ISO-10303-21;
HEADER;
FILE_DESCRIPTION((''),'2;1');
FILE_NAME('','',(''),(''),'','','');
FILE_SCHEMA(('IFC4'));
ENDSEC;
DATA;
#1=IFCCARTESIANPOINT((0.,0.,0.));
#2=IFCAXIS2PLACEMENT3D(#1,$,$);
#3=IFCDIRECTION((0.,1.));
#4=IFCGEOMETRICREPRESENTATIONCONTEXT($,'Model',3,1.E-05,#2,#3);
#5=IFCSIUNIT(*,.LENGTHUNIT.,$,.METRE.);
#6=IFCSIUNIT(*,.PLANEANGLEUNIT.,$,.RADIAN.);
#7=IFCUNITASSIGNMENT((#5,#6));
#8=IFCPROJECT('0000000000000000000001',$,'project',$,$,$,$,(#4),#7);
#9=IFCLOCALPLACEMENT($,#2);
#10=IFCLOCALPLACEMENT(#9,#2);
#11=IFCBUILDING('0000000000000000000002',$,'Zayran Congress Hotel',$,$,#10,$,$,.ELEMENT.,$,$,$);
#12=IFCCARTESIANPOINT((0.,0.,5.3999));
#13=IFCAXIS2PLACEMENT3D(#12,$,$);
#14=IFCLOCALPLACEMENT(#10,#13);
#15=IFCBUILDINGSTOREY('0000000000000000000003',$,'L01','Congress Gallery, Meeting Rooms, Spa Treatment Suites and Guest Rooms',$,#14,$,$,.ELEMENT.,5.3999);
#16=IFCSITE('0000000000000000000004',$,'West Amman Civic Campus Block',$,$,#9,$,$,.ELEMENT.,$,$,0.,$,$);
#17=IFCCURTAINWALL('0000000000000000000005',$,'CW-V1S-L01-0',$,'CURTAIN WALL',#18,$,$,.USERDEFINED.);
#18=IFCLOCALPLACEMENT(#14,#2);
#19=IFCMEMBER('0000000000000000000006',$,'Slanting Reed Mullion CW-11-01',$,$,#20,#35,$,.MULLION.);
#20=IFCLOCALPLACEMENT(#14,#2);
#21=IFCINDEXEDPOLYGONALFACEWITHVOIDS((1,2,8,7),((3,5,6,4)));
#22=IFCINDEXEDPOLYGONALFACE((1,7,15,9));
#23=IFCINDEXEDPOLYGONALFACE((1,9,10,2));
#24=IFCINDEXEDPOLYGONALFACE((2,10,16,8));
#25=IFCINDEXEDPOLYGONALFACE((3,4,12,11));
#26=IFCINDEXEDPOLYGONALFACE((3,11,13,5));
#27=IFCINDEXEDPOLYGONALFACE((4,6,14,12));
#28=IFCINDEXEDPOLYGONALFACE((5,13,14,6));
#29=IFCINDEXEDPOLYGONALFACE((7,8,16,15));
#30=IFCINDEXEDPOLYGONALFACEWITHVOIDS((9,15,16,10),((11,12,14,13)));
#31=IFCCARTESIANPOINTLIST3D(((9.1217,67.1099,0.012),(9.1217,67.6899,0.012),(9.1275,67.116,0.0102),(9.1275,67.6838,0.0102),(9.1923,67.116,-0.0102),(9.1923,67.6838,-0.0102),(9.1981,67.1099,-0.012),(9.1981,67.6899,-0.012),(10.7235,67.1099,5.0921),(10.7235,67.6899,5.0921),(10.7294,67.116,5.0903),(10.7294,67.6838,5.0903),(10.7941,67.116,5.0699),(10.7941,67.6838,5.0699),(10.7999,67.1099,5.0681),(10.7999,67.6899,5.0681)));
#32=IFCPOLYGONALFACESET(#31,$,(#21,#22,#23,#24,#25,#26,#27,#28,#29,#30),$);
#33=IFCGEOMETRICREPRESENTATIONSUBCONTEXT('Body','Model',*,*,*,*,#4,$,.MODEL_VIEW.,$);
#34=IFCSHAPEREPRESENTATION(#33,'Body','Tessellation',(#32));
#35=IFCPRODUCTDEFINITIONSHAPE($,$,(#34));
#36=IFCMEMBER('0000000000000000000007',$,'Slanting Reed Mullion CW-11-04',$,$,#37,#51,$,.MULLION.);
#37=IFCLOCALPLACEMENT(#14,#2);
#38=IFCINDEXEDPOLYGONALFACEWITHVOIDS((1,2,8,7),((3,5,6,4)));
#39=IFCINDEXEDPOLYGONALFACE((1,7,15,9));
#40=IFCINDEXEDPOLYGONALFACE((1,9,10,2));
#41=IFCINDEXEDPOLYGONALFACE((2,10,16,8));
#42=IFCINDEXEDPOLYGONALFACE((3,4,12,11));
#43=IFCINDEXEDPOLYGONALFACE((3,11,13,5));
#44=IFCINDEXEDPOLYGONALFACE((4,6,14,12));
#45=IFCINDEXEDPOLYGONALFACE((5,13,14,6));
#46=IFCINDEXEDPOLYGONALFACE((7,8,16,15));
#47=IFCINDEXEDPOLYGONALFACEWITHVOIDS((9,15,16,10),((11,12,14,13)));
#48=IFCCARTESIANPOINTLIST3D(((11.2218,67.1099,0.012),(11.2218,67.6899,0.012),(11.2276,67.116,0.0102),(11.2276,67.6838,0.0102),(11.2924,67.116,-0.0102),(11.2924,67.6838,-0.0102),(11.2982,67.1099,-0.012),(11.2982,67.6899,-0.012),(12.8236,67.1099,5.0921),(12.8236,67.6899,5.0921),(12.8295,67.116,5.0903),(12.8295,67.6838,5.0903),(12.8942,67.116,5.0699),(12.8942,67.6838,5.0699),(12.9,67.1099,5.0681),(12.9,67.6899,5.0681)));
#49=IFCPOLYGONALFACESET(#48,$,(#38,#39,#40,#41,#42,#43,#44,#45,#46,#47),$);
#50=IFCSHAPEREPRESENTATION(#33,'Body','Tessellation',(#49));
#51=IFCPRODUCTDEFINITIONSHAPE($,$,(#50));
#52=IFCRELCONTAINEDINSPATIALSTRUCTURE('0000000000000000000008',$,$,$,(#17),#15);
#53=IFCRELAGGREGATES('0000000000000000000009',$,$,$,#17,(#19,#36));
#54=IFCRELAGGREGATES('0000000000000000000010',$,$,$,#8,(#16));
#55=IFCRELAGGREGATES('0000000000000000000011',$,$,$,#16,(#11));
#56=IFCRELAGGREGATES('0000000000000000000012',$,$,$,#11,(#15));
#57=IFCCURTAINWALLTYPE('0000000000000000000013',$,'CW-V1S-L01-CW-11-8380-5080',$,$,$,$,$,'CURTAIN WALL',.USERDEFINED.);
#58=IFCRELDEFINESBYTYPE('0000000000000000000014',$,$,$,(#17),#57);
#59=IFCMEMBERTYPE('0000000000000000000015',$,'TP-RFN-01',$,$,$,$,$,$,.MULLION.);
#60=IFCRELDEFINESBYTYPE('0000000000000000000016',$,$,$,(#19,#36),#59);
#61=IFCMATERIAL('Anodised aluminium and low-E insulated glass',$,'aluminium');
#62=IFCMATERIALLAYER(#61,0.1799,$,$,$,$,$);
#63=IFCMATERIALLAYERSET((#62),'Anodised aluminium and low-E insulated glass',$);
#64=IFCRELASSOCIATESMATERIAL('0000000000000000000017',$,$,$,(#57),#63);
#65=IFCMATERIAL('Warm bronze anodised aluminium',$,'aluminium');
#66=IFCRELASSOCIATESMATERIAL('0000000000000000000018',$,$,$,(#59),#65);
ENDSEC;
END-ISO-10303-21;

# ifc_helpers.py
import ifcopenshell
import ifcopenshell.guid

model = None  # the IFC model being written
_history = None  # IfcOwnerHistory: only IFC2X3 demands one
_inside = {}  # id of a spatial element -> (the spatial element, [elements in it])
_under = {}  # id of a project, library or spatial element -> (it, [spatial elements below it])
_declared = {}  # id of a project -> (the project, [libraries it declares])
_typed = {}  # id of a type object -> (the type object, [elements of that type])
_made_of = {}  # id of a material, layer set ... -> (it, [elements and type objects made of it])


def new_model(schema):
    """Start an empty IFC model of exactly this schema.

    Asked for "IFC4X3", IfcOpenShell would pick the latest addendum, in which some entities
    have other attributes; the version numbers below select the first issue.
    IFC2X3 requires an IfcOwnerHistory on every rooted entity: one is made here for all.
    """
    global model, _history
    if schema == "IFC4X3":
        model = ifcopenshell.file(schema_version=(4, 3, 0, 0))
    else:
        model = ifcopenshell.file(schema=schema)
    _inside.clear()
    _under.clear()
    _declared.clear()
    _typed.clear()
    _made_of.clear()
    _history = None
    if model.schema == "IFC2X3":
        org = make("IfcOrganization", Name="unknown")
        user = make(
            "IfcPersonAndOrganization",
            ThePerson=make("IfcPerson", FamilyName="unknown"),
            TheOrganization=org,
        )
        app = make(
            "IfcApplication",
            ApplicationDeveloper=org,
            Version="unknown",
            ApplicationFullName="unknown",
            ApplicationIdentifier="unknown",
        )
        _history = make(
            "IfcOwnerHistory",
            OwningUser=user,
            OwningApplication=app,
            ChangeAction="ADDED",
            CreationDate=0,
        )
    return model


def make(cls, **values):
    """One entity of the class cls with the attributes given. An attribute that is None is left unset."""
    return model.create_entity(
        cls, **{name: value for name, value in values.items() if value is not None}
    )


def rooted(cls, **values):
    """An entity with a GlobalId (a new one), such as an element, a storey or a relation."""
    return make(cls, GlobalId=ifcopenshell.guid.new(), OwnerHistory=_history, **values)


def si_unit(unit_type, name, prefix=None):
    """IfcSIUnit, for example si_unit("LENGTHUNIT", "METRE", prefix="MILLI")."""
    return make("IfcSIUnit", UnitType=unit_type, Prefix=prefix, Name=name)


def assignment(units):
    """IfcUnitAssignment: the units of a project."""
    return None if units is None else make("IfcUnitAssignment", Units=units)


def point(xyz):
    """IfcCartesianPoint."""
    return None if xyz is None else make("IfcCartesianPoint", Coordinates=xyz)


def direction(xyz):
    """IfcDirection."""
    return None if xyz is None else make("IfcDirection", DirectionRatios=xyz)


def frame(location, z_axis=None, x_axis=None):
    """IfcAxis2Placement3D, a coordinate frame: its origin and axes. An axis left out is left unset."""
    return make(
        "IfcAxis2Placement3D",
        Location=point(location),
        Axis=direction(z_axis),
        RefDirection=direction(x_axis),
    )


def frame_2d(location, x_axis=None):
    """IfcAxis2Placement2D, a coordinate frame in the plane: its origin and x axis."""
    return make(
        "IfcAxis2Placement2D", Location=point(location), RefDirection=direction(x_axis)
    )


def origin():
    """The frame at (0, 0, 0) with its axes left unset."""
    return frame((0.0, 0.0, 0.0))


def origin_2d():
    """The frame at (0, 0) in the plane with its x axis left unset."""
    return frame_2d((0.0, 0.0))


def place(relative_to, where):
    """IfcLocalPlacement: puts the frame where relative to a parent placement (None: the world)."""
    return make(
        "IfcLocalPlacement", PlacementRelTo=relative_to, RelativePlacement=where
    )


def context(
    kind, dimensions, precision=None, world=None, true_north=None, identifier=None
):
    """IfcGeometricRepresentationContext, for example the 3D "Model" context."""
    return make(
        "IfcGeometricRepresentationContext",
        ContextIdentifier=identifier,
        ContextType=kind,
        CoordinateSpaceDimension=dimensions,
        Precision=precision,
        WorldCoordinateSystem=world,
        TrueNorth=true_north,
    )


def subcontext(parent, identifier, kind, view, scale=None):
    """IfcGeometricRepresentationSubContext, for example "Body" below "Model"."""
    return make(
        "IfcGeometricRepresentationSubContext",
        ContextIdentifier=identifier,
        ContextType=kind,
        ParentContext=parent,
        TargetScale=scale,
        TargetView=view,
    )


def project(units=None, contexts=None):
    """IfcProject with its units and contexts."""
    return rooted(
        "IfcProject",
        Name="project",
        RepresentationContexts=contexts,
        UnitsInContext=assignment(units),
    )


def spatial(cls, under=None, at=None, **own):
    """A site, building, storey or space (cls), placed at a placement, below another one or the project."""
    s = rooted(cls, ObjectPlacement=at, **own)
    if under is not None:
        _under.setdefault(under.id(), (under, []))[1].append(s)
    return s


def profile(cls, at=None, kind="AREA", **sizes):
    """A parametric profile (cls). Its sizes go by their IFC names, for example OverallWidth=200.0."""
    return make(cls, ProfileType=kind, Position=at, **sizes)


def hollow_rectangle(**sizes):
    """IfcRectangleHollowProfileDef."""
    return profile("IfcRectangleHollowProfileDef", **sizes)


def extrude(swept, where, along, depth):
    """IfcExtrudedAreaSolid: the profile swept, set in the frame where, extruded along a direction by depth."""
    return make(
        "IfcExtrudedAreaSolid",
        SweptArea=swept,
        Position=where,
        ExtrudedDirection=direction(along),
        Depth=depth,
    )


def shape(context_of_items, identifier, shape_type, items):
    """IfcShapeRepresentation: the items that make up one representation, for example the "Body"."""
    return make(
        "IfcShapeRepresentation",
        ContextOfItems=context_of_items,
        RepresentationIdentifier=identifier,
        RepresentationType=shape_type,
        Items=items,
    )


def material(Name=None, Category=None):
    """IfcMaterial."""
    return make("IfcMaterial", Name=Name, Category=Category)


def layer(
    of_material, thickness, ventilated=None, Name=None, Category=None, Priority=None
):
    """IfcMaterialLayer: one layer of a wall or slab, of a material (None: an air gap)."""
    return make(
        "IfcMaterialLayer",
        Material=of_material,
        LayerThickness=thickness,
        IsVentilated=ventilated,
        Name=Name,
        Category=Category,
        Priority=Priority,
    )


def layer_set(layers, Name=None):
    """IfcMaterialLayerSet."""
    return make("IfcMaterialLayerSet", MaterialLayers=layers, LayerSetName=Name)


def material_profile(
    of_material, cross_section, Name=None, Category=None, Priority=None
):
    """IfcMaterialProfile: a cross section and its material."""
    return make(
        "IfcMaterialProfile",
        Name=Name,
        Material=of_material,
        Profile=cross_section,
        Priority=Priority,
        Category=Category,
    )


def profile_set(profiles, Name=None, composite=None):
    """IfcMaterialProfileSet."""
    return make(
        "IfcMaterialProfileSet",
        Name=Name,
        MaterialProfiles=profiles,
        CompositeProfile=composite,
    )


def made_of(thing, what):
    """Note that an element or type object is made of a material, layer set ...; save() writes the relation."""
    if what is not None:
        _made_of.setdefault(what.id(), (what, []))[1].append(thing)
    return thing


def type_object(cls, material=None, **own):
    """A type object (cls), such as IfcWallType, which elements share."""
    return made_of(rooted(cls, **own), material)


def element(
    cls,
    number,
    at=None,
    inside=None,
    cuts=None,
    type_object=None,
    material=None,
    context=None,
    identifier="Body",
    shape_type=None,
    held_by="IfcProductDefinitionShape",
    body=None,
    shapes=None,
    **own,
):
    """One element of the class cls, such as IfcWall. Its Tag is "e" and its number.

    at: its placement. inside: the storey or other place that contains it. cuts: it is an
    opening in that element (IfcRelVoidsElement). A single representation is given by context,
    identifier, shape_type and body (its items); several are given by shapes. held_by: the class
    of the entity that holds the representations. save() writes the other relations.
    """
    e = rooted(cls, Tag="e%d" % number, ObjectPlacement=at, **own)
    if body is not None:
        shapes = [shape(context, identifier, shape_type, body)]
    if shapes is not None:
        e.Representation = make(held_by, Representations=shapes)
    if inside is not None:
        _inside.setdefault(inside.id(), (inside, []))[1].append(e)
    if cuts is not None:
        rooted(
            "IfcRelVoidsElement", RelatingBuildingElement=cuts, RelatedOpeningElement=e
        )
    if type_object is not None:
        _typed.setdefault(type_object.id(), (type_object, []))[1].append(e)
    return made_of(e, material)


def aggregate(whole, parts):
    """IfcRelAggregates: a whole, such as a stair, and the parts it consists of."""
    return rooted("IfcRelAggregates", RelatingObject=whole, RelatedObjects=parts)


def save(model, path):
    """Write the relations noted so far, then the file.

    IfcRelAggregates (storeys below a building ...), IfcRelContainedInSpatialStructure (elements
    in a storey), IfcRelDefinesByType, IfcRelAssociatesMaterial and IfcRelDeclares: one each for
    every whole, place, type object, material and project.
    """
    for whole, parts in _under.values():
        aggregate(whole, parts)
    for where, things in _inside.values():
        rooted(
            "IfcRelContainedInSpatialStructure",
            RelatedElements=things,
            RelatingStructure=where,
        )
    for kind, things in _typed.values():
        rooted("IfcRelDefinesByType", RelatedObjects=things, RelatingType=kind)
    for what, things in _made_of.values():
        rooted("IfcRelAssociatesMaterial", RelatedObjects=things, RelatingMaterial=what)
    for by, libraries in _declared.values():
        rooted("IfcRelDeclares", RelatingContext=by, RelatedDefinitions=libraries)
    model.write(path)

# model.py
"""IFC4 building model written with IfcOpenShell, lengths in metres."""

from ifc_helpers import new_model, si_unit, direction, frame, origin, origin_2d, place, context, subcontext, project, spatial, hollow_rectangle, extrude, material, layer, layer_set, material_profile, profile_set, type_object, element, aggregate, save


model = new_model("IFC4")

# Units and contexts
model_context = context("Model", 3, precision=1e-05, world=origin(), true_north=direction((0.0, 1.0)))
body_context = subcontext(model_context, "Body", "Model", "MODEL_VIEW")
ifc_project = project(units=[si_unit("LENGTHUNIT", "METRE"), si_unit("PLANEANGLEUNIT", "RADIAN")], contexts=[model_context])

# Site, building, storey
site_placement = place(None, origin())
site = spatial("IfcSite", under=ifc_project, at=site_placement, Name="West Amman Civic Campus Block", CompositionType="ELEMENT", RefElevation=0.0)
building_placement = place(site_placement, origin())
building = spatial("IfcBuilding", under=site, at=building_placement, Name="Zayran Congress Hotel", CompositionType="ELEMENT")
storey_placement = place(building_placement, frame((0.0, 0.0, 5.3999)))
storey = spatial("IfcBuildingStorey", under=building, at=storey_placement, Name="L01", Description="Congress Gallery, Meeting Rooms, Spa Treatment Suites and Guest Rooms", CompositionType="ELEMENT", Elevation=5.3999)

# Curtain wall, members
ifc_material_1 = material(Name="Anodised aluminium and low-E insulated glass", Category="aluminium")
ifc_layer = layer(ifc_material_1, 0.1799)
ifc_layer_set = layer_set([ifc_layer], Name="Anodised aluminium and low-E insulated glass")
curtain_wall_type = type_object("IfcCurtainWallType", Name="CW-V1S-L01-CW-11-8380-5080", ElementType="CURTAIN WALL", PredefinedType="USERDEFINED", material=ifc_layer_set)
curtain_wall_placement = place(storey_placement, origin())
curtain_wall = element("IfcCurtainWall", 1, at=curtain_wall_placement, inside=storey, type_object=curtain_wall_type, Name="CW-V1S-L01-0", ObjectType="CURTAIN WALL", PredefinedType="USERDEFINED")
ifc_material_2 = material(Name="Warm bronze anodised aluminium", Category="aluminium")
ifc_material_profile = material_profile(ifc_material_2, hollow_rectangle(XDim=0.0801, YDim=0.5801, WallThickness=0.0061, at=origin_2d()), Name="RHS 580x80x6")
ifc_profile_set = profile_set([ifc_material_profile], Name="Warm bronze anodised aluminium")
member_type = type_object("IfcMemberType", Name="TP-RFN-01", PredefinedType="MULLION", material=ifc_profile_set)
member_1_placement = place(storey_placement, frame((9.1599, 67.3999, 0.0), z_axis=(0.300717, 0.0, 0.953713), x_axis=(-0.953713, 0.0, 0.300717)))
member_1 = element("IfcMember", 2, at=member_1_placement, type_object=member_type, Name="Slanting Reed Mullion CW-11-01", PredefinedType="MULLION", context=body_context, shape_type="SweptSolid", body=[
    extrude(hollow_rectangle(XDim=0.0801, YDim=0.5801, WallThickness=0.0061, at=origin_2d()), origin(), (0.0, 0.0, 1.0), 5.3267),
])
member_2_placement = place(storey_placement, frame((11.26, 67.3999, 0.0), z_axis=(0.300717, 0.0, 0.953713), x_axis=(-0.953713, 0.0, 0.300717)))
member_2 = element("IfcMember", 3, at=member_2_placement, type_object=member_type, Name="Slanting Reed Mullion CW-11-04", PredefinedType="MULLION", context=body_context, shape_type="SweptSolid", body=[
    extrude(hollow_rectangle(XDim=0.0801, YDim=0.5801, WallThickness=0.0061, at=origin_2d()), origin(), (0.0, 0.0, 1.0), 5.3267),
])
aggregate(curtain_wall, [member_1, member_2])

save(model, "model.ifc")
